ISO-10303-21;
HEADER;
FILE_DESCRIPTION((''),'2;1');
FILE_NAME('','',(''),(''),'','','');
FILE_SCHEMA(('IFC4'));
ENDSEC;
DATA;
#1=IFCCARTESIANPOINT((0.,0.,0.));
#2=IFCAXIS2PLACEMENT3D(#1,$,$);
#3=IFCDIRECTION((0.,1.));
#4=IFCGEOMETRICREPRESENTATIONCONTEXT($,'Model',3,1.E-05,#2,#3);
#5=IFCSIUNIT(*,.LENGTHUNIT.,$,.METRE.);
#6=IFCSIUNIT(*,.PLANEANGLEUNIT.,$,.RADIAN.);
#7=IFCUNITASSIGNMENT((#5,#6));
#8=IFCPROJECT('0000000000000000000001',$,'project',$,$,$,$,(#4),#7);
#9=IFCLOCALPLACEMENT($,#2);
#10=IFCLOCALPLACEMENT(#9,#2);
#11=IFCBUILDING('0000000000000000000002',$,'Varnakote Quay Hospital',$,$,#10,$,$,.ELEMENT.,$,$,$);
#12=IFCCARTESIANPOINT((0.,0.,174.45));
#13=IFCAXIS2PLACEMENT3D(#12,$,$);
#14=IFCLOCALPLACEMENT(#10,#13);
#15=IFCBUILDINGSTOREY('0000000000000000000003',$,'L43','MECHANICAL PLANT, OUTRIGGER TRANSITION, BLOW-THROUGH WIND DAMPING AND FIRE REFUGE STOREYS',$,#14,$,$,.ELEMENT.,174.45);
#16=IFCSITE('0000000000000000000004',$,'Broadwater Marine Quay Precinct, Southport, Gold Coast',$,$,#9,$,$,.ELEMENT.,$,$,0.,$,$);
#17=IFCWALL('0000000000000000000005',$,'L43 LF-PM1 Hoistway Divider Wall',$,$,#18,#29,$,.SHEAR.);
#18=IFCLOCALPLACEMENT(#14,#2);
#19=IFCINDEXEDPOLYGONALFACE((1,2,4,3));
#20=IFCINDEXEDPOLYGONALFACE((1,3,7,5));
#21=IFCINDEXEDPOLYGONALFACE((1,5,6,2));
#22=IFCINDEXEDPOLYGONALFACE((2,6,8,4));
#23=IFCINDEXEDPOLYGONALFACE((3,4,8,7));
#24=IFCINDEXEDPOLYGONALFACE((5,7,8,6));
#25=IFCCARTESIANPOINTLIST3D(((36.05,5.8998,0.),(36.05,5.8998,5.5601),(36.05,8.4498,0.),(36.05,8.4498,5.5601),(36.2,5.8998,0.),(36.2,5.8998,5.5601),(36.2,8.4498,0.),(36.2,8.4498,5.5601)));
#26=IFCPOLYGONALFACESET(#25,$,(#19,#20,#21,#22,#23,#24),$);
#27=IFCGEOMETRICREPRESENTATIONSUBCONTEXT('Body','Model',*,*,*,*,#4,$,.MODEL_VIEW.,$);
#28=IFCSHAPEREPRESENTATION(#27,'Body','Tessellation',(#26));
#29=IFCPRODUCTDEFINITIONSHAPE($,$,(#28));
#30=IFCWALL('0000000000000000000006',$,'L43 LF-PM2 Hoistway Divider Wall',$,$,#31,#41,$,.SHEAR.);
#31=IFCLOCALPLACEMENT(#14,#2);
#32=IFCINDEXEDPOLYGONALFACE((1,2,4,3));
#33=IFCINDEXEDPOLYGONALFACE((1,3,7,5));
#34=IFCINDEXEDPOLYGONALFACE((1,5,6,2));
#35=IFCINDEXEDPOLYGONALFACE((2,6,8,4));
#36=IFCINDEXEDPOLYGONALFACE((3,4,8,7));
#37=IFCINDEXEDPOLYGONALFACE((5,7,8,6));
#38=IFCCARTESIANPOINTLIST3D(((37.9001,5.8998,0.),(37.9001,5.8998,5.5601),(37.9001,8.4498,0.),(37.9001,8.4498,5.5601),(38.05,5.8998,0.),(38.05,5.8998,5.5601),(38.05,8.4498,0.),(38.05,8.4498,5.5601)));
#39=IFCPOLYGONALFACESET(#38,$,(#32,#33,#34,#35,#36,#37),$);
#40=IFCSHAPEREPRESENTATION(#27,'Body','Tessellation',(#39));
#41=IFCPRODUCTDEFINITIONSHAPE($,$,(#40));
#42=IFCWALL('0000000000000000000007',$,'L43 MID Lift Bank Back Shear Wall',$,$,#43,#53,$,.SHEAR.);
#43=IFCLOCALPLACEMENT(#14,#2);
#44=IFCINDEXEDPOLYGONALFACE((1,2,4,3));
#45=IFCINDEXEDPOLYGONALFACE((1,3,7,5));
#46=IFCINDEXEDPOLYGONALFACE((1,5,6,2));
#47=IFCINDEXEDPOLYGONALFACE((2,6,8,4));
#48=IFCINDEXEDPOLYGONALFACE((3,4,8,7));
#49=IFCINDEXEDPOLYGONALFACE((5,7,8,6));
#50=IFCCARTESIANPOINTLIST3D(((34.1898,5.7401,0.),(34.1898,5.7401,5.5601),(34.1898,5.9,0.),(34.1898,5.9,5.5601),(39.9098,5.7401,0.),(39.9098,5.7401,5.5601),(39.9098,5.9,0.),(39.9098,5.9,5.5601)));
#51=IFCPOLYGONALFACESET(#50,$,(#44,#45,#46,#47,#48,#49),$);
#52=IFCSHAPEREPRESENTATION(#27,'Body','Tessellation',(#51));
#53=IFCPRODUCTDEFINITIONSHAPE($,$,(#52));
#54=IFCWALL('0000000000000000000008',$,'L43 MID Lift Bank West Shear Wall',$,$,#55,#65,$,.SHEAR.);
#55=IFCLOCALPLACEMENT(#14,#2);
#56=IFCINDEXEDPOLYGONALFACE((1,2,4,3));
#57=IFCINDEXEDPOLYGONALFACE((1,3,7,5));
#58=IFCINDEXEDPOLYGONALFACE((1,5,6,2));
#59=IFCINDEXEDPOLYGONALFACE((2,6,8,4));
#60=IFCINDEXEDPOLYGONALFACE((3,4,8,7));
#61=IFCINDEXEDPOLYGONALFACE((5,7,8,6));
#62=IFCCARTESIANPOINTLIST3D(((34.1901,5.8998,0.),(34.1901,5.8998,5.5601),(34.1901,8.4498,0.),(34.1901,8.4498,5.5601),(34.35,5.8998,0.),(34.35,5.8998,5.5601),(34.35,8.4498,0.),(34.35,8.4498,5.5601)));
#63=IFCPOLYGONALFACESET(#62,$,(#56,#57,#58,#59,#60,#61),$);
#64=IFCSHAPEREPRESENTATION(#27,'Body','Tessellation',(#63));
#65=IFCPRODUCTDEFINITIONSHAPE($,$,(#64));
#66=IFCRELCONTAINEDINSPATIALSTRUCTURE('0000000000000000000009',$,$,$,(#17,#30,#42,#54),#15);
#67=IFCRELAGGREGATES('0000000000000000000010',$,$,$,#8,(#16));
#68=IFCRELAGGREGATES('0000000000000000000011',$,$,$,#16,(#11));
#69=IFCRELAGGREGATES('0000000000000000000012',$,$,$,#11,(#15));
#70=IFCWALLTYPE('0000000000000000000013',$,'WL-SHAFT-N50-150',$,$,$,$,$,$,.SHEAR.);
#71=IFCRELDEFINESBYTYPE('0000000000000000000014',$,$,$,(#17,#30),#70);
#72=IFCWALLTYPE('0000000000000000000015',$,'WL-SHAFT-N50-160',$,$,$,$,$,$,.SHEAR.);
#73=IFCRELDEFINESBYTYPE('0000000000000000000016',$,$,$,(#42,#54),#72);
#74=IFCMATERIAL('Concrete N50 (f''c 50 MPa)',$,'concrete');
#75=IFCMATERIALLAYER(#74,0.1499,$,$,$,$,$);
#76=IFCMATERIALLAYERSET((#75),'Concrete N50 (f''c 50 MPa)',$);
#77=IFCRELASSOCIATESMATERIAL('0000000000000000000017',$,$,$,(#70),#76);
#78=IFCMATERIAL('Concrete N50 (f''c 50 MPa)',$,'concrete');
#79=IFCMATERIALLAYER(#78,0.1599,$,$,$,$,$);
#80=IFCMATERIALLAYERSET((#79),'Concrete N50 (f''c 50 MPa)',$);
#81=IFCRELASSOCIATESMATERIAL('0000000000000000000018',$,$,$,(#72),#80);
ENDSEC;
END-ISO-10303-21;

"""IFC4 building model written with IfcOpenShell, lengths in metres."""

from ifc_helpers import new_model, si_unit, direction, frame, frame_2d, origin, place, context, subcontext, project, spatial, rectangle, extrude, material, layer, layer_set, type_object, element, save


model = new_model("IFC4")

# Units and contexts
model_context = context("Model", 3, precision=1e-05, world=origin(), true_north=direction((0.0, 1.0)))
body_context = subcontext(model_context, "Body", "Model", "MODEL_VIEW")
ifc_project = project(units=[si_unit("LENGTHUNIT", "METRE"), si_unit("PLANEANGLEUNIT", "RADIAN")], contexts=[model_context])

# Site, building, storey
site_placement = place(None, origin())
site = spatial("IfcSite", under=ifc_project, at=site_placement, Name="Broadwater Marine Quay Precinct, Southport, Gold Coast", CompositionType="ELEMENT", RefElevation=0.0)
building_placement = place(site_placement, origin())
building = spatial("IfcBuilding", under=site, at=building_placement, Name="Varnakote Quay Hospital", CompositionType="ELEMENT")
storey_placement = place(building_placement, frame((0.0, 0.0, 174.45)))
storey = spatial("IfcBuildingStorey", under=building, at=storey_placement, Name="L43", Description="MECHANICAL PLANT, OUTRIGGER TRANSITION, BLOW-THROUGH WIND DAMPING AND FIRE REFUGE STOREYS", CompositionType="ELEMENT", Elevation=174.45)

# Walls
ifc_material_1 = material(Name="Concrete N50 (f'c 50 MPa)", Category="concrete")
ifc_layer_1 = layer(ifc_material_1, 0.1499)
ifc_layer_set_1 = layer_set([ifc_layer_1], Name="Concrete N50 (f'c 50 MPa)")
wall_type_1 = type_object("IfcWallType", Name="WL-SHAFT-N50-150", PredefinedType="SHEAR", material=ifc_layer_set_1)
for number, where, z_axis, x_axis, name in (
    (1, (36.125, 5.8999, 0.0), (0.0, 0.0, 1.0), (0.0, 1.0, 0.0), "L43 LF-PM1 Hoistway Divider Wall"),
    (2, (37.9751, 5.8999, 0.0), (0.0, 0.0, 1.0), (0.0, 1.0, 0.0), "L43 LF-PM2 Hoistway Divider Wall"),
):
    element("IfcWall", number, at=place(storey_placement, frame(where, z_axis=z_axis, x_axis=x_axis)), inside=storey, type_object=wall_type_1, Name=name, PredefinedType="SHEAR", context=body_context, shape_type="SweptSolid", body=[
        extrude(rectangle(XDim=2.55, YDim=0.1499, at=frame_2d((1.2749, 0.0))), origin(), (0.0, 0.0, 1.0), 5.5601),
    ])
ifc_material_2 = material(Name="Concrete N50 (f'c 50 MPa)", Category="concrete")
ifc_layer_2 = layer(ifc_material_2, 0.1599)
ifc_layer_set_2 = layer_set([ifc_layer_2], Name="Concrete N50 (f'c 50 MPa)")
wall_type_2 = type_object("IfcWallType", Name="WL-SHAFT-N50-160", PredefinedType="SHEAR", material=ifc_layer_set_2)
wall_1_placement = place(storey_placement, frame((34.1899, 5.8201, 0.0), z_axis=(0.0, 0.0, 1.0), x_axis=(1.0, 0.0, 0.0)))
element("IfcWall", 3, at=wall_1_placement, inside=storey, type_object=wall_type_2, Name="L43 MID Lift Bank Back Shear Wall", PredefinedType="SHEAR", context=body_context, shape_type="SweptSolid", body=[
    extrude(rectangle(XDim=5.72, YDim=0.1599, at=frame_2d((2.8599, 0.0))), origin(), (0.0, 0.0, 1.0), 5.5601),
])
wall_2_placement = place(storey_placement, frame((34.27, 5.8999, 0.0), z_axis=(0.0, 0.0, 1.0), x_axis=(0.0, 1.0, 0.0)))
element("IfcWall", 4, at=wall_2_placement, inside=storey, type_object=wall_type_2, Name="L43 MID Lift Bank West Shear Wall", PredefinedType="SHEAR", context=body_context, shape_type="SweptSolid", body=[
    extrude(rectangle(XDim=2.55, YDim=0.1599, at=frame_2d((1.2749, 0.0))), origin(), (0.0, 0.0, 1.0), 5.5601),
])

save(model, "model.ifc")
